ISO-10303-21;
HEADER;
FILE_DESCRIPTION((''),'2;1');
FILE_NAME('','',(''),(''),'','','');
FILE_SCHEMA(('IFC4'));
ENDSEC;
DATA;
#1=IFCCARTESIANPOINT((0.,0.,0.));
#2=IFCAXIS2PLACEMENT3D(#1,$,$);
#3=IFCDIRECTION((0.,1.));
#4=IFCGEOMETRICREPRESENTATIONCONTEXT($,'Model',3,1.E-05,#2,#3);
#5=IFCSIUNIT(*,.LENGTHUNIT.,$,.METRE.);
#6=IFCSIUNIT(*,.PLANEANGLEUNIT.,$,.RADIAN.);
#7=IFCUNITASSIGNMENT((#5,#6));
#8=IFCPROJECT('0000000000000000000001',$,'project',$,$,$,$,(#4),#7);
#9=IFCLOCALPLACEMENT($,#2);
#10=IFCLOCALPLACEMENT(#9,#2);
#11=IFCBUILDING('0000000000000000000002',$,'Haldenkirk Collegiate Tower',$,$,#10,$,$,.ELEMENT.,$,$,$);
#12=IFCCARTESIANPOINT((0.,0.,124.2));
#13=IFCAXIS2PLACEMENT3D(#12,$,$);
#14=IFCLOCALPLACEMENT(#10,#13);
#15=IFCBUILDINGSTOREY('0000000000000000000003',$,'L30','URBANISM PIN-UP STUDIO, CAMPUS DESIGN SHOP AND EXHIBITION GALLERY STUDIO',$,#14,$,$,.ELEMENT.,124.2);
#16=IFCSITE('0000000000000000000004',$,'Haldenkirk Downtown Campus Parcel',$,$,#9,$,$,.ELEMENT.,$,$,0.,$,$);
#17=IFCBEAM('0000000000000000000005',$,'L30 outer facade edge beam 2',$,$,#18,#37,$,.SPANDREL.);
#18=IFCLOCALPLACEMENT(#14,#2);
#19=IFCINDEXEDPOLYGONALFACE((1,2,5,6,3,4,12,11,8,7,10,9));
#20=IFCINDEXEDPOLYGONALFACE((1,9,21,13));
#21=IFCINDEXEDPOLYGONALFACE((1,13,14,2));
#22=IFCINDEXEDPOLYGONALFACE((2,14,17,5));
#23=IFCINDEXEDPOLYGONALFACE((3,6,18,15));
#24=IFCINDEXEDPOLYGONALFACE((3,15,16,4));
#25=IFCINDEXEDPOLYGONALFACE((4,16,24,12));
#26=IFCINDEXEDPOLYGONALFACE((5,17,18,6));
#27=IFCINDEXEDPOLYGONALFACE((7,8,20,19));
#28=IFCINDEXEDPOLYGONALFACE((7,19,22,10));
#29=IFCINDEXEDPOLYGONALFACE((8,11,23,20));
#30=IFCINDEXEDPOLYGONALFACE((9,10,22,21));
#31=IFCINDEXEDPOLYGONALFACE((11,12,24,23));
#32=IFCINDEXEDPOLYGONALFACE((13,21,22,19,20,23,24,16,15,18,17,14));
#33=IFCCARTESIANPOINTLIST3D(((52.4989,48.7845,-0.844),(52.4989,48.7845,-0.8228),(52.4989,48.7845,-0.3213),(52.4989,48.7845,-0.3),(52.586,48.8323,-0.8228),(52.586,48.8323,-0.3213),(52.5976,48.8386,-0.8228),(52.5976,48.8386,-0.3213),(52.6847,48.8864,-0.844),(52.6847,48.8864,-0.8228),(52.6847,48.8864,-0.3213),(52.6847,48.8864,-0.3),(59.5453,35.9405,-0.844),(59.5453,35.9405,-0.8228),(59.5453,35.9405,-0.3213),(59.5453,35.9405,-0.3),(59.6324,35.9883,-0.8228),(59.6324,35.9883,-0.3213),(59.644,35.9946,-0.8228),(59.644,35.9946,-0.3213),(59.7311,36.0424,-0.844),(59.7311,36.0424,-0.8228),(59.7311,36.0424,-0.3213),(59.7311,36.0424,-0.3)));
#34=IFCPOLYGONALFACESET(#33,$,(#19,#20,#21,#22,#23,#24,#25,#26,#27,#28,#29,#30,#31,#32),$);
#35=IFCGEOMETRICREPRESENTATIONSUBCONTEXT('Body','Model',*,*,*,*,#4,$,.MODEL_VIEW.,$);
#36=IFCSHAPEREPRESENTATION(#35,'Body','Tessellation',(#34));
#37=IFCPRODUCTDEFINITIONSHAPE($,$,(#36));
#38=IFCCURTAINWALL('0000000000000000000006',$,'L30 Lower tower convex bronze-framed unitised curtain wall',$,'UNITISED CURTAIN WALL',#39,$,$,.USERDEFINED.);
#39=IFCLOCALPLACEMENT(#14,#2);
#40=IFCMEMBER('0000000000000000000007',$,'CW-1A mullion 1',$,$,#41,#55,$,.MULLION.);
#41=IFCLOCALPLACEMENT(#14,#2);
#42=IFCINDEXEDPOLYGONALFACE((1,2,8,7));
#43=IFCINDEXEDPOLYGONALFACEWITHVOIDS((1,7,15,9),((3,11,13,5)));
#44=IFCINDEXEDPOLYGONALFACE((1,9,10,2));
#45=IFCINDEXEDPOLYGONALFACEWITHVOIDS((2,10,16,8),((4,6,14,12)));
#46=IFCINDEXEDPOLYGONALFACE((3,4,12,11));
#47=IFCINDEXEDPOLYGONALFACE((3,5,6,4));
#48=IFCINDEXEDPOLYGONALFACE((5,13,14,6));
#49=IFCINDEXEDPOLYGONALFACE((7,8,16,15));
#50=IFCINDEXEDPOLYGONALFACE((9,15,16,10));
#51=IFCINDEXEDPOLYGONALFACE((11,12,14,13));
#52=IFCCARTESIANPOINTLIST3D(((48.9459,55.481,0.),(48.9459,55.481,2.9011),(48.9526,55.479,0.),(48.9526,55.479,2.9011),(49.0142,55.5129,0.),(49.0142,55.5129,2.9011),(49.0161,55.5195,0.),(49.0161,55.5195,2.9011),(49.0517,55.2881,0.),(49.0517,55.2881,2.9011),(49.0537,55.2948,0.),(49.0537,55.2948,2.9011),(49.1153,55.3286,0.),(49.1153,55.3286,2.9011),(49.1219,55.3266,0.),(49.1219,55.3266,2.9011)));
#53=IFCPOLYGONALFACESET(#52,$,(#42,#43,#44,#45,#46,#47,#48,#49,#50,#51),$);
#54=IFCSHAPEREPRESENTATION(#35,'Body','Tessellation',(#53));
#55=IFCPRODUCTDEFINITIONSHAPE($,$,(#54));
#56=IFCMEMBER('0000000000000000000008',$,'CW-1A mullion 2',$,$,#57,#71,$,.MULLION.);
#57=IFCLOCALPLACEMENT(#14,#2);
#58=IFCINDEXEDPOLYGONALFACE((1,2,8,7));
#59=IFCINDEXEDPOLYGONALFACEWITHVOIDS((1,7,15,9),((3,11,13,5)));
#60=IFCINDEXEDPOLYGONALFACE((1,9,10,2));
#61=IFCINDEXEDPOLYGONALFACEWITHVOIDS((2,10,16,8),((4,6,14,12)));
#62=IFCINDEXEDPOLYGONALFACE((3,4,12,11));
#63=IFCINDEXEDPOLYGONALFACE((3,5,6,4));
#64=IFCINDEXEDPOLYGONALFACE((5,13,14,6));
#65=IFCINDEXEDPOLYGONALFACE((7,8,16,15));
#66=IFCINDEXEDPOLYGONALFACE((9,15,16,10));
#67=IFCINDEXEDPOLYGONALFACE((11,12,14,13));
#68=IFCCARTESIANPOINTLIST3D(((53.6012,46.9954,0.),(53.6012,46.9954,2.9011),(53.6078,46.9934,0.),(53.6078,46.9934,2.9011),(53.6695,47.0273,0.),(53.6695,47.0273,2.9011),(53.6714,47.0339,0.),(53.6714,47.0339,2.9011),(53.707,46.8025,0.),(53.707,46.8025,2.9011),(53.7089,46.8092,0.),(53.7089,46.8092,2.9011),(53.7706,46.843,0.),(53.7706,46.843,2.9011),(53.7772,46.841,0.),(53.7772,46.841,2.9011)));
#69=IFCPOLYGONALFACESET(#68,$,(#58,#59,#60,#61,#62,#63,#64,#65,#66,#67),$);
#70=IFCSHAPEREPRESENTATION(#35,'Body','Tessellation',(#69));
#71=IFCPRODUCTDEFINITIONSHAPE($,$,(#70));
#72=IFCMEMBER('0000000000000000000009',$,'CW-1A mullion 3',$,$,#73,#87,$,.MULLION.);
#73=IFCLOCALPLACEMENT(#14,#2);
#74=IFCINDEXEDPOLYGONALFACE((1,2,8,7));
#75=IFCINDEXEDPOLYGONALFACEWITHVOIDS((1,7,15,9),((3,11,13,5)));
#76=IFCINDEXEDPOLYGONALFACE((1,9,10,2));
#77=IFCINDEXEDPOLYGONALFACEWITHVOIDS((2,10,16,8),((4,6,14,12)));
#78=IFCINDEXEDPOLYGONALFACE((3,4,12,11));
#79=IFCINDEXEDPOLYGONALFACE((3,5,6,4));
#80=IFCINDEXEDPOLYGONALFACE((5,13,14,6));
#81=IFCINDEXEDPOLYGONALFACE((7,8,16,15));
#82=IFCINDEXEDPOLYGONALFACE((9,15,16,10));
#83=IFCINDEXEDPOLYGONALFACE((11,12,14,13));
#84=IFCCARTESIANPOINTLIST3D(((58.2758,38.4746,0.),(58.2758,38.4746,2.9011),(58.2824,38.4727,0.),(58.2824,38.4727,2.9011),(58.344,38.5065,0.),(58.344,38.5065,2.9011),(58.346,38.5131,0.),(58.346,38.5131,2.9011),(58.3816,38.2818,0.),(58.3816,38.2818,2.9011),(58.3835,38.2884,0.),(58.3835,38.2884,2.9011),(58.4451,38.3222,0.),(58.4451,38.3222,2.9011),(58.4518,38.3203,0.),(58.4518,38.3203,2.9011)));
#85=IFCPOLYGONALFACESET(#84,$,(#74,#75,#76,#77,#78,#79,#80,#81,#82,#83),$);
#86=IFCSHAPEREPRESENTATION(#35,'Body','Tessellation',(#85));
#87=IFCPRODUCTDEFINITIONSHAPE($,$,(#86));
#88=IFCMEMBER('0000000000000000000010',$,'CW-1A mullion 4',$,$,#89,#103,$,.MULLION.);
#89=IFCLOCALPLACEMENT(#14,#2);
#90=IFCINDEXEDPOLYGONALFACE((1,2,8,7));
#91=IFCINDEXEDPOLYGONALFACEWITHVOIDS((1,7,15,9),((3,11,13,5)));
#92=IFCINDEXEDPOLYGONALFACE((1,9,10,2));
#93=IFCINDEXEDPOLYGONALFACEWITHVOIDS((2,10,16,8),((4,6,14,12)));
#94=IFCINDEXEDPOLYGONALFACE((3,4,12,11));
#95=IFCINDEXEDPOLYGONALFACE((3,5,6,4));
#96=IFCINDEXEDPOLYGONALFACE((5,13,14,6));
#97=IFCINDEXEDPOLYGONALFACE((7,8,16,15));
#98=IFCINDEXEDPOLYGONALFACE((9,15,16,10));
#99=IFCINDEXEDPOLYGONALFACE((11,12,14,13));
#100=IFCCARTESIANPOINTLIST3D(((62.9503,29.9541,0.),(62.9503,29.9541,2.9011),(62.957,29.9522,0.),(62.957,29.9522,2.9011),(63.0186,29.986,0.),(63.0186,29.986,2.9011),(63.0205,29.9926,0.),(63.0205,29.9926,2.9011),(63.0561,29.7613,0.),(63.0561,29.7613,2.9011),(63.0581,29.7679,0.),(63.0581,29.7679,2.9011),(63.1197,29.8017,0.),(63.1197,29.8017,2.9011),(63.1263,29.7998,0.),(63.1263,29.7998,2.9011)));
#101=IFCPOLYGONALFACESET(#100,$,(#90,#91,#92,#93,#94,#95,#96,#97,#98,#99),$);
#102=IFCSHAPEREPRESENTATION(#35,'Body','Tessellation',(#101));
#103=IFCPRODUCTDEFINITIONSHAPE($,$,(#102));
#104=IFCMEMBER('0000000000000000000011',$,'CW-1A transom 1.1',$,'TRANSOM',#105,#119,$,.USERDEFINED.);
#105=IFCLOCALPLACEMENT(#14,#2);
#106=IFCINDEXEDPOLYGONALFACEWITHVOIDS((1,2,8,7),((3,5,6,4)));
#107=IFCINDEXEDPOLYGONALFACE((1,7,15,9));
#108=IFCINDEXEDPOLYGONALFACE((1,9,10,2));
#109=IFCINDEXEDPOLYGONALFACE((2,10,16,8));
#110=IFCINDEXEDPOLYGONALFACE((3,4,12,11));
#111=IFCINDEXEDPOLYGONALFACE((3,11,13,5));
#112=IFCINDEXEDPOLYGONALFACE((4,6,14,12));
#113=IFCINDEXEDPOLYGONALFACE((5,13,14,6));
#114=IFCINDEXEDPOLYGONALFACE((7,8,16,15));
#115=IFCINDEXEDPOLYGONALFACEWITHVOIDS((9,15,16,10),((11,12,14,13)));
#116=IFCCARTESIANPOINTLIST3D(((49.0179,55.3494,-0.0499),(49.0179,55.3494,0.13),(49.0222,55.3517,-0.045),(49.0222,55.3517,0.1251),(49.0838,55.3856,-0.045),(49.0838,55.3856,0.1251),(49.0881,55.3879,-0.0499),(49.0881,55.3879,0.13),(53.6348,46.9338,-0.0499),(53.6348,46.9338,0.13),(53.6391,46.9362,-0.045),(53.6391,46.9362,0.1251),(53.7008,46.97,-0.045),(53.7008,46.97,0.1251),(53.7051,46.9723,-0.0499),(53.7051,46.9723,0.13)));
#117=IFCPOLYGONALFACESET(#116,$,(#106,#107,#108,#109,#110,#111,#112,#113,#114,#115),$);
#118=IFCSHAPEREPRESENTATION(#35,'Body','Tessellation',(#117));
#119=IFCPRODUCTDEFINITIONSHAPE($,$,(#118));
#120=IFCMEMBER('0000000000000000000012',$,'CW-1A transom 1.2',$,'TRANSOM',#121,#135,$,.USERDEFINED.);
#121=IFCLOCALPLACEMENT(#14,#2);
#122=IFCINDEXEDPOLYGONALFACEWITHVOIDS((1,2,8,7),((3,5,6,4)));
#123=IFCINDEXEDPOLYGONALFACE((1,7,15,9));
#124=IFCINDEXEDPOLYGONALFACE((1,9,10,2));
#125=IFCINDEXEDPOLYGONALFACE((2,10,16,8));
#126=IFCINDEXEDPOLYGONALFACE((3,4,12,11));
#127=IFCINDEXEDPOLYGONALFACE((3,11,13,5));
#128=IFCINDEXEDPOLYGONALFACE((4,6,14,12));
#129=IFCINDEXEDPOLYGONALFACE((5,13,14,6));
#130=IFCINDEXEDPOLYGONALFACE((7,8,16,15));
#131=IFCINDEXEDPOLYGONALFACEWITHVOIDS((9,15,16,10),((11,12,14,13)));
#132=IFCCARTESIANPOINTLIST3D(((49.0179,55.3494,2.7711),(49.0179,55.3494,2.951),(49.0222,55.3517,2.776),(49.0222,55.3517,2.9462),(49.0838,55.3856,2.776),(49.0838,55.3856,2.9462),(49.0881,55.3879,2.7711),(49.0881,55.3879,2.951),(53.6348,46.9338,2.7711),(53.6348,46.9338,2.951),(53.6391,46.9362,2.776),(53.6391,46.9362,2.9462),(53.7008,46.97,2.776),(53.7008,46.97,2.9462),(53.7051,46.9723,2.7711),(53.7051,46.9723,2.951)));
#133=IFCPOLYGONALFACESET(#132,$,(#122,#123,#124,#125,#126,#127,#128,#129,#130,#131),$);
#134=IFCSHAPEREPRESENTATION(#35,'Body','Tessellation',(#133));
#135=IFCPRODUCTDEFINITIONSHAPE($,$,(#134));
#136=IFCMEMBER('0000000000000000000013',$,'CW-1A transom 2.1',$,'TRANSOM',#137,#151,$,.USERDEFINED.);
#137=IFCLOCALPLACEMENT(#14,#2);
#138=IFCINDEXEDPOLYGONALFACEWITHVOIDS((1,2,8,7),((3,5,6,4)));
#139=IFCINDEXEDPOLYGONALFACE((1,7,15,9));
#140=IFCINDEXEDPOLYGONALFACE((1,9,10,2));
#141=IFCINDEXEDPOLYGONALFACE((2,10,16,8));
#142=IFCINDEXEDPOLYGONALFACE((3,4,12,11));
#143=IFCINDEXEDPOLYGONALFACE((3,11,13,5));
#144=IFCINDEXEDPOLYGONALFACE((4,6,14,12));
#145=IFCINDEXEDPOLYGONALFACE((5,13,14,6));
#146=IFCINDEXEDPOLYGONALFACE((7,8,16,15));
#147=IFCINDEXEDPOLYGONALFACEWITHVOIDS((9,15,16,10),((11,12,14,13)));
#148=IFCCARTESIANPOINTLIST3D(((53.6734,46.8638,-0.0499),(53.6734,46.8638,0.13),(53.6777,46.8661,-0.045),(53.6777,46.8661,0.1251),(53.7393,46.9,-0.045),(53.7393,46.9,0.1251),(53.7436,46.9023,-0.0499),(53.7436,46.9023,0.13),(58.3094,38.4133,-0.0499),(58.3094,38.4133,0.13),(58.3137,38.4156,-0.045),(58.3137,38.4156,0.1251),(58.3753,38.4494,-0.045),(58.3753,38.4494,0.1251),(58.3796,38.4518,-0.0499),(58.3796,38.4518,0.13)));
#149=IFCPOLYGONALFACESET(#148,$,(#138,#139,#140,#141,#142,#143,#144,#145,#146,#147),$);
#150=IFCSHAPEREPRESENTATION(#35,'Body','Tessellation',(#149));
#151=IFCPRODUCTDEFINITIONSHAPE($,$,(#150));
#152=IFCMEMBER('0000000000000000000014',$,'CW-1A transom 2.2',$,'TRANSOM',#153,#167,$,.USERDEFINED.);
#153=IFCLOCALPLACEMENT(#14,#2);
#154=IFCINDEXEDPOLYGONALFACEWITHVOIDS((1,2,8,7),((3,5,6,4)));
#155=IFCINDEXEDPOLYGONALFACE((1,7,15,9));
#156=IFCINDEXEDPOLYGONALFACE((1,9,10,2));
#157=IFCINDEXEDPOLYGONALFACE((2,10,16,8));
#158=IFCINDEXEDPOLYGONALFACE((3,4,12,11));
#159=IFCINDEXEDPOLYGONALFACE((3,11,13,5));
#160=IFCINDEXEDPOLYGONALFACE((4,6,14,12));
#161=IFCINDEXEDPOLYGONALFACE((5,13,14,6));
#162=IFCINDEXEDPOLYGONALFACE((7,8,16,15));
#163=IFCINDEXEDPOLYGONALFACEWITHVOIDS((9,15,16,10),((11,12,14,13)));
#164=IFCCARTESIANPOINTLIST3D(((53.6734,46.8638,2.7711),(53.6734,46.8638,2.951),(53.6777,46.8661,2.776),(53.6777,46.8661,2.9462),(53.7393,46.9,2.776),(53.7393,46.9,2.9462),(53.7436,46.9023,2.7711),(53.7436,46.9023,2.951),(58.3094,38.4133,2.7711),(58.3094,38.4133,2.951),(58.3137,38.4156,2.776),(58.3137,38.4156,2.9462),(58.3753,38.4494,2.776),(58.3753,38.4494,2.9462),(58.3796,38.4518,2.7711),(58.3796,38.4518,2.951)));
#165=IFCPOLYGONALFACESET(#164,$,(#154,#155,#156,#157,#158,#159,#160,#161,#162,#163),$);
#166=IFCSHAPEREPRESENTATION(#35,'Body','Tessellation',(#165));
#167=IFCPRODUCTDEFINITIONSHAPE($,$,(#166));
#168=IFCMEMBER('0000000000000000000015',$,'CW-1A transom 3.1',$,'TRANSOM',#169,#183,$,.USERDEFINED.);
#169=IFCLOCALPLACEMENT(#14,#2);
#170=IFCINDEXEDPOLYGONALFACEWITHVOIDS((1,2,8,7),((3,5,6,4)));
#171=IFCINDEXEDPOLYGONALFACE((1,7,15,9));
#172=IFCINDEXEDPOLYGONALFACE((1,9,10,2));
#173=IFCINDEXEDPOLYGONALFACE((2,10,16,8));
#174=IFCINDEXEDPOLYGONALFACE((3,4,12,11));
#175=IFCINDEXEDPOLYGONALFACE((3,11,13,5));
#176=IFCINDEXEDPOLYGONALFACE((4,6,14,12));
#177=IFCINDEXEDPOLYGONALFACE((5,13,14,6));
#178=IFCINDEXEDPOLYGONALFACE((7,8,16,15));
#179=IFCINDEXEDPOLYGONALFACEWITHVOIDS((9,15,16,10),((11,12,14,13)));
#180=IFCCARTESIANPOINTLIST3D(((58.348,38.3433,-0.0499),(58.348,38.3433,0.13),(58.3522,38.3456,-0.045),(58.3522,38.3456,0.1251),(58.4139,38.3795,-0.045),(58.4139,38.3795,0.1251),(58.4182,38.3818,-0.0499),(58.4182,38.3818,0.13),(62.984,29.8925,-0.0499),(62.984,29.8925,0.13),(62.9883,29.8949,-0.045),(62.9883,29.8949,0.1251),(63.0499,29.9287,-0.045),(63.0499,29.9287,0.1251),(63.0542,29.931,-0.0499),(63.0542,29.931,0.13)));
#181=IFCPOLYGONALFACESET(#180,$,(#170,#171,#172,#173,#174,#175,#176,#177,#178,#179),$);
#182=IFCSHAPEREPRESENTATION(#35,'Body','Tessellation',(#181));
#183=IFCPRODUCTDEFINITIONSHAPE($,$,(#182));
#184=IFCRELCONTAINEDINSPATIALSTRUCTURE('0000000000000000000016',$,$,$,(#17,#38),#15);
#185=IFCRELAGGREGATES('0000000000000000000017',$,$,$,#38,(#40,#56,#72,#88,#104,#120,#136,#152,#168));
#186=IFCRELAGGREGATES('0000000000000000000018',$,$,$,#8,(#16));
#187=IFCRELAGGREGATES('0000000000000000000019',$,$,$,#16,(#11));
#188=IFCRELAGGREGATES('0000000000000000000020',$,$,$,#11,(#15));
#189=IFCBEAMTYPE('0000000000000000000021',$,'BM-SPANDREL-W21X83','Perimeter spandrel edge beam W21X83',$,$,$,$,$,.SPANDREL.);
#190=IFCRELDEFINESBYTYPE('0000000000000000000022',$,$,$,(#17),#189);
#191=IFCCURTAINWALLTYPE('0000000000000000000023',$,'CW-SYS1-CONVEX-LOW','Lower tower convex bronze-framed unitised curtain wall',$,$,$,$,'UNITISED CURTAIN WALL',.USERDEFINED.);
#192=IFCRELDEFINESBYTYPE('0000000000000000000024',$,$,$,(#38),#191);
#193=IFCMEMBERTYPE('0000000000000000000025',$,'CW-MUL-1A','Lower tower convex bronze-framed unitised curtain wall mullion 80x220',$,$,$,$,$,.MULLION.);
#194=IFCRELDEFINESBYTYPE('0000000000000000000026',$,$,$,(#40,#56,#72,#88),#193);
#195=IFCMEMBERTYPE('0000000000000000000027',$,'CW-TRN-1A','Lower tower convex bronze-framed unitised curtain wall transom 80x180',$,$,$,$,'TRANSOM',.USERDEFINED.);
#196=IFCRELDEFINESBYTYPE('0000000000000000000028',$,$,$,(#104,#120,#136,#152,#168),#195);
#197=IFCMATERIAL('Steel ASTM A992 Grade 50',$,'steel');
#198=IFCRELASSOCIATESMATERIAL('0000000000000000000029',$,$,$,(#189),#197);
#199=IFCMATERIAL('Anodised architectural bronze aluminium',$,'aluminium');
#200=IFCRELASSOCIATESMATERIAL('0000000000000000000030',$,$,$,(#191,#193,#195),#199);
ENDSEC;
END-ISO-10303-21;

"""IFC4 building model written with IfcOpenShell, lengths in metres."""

from ifc_helpers import new_model, si_unit, direction, frame, origin, origin_2d, place, context, subcontext, project, spatial, hollow_rectangle, i_section, extrude, material, material_profile, profile_set, type_object, element, aggregate, save


model = new_model("IFC4")

# Units and contexts
model_context = context("Model", 3, precision=1e-05, world=origin(), true_north=direction((0.0, 1.0)))
body_context = subcontext(model_context, "Body", "Model", "MODEL_VIEW")
ifc_project = project(units=[si_unit("LENGTHUNIT", "METRE"), si_unit("PLANEANGLEUNIT", "RADIAN")], contexts=[model_context])

# Site, building, storey
site_placement = place(None, origin())
site = spatial("IfcSite", under=ifc_project, at=site_placement, Name="Haldenkirk Downtown Campus Parcel", CompositionType="ELEMENT", RefElevation=0.0)
building_placement = place(site_placement, origin())
building = spatial("IfcBuilding", under=site, at=building_placement, Name="Haldenkirk Collegiate Tower", CompositionType="ELEMENT")
storey_placement = place(building_placement, frame((0.0, 0.0, 124.2)))
storey = spatial("IfcBuildingStorey", under=building, at=storey_placement, Name="L30", Description="URBANISM PIN-UP STUDIO, CAMPUS DESIGN SHOP AND EXHIBITION GALLERY STUDIO", CompositionType="ELEMENT", Elevation=124.2)

# Beam
ifc_material_1 = material(Name="Steel ASTM A992 Grade 50", Category="steel")
ifc_material_profile_1 = material_profile(ifc_material_1, i_section(OverallWidth=0.2119, OverallDepth=0.5439, WebThickness=0.0132, FlangeThickness=0.0212, at=origin_2d()), Name="W21X83")
ifc_profile_set_1 = profile_set([ifc_material_profile_1], Name="Steel ASTM A992 Grade 50")
beam_type_1 = type_object("IfcBeamType", Name="BM-SPANDREL-W21X83", Description="Perimeter spandrel edge beam W21X83", PredefinedType="SPANDREL", material=ifc_profile_set_1)
beam_1_placement = place(storey_placement, frame((59.6382, 35.9915, -0.572), z_axis=(-0.480985, 0.876729, 0.0), x_axis=(-0.876729, -0.480985, 0.0)))
element("IfcBeam", 1, at=beam_1_placement, inside=storey, type_object=beam_type_1, Name="L30 outer facade edge beam 2", PredefinedType="SPANDREL", context=body_context, shape_type="SweptSolid", body=[
    extrude(i_section(OverallWidth=0.2119, OverallDepth=0.5439, WebThickness=0.0132, FlangeThickness=0.0212, at=origin_2d()), origin(), (0.0, 0.0, 1.0), 14.6499),
])

# Curtain wall, members
ifc_material_2 = material(Name="Anodised architectural bronze aluminium", Category="aluminium")
curtain_wall_type = type_object("IfcCurtainWallType", Name="CW-SYS1-CONVEX-LOW", Description="Lower tower convex bronze-framed unitised curtain wall", ElementType="UNITISED CURTAIN WALL", PredefinedType="USERDEFINED", material=ifc_material_2)
curtain_wall_placement = place(storey_placement, origin())
curtain_wall = element("IfcCurtainWall", 2, at=curtain_wall_placement, inside=storey, type_object=curtain_wall_type, Name="L30 Lower tower convex bronze-framed unitised curtain wall", ObjectType="UNITISED CURTAIN WALL", PredefinedType="USERDEFINED")
ifc_material_profile_2 = material_profile(ifc_material_2, hollow_rectangle(XDim=0.0801, YDim=0.22, WallThickness=0.0049, at=origin_2d()), Name="CW-MUL-1A")
ifc_profile_set_2 = profile_set([ifc_material_profile_2], Name="Anodised architectural bronze aluminium")
member_type_1 = type_object("IfcMemberType", Name="CW-MUL-1A", Description="Lower tower convex bronze-framed unitised curtain wall mullion 80x220", PredefinedType="MULLION", material=ifc_profile_set_2)
member_1_placement = place(storey_placement, frame((49.0339, 55.4038, 0.0), z_axis=(0.0, 0.0, 1.0), x_axis=(0.876726, 0.48099, 0.0)))
member_1 = element("IfcMember", 3, at=member_1_placement, type_object=member_type_1, Name="CW-1A mullion 1", PredefinedType="MULLION", context=body_context, shape_type="SweptSolid", body=[
    extrude(hollow_rectangle(XDim=0.0801, YDim=0.22, WallThickness=0.0049, at=origin_2d()), origin(), (0.0, 0.0, 1.0), 2.9011),
])
member_2_placement = place(storey_placement, frame((53.6892, 46.9182, 0.0), z_axis=(0.0, 0.0, 1.0), x_axis=(0.876726, 0.48099, 0.0)))
member_2 = element("IfcMember", 4, at=member_2_placement, type_object=member_type_1, Name="CW-1A mullion 2", PredefinedType="MULLION", context=body_context, shape_type="SweptSolid", body=[
    extrude(hollow_rectangle(XDim=0.0801, YDim=0.22, WallThickness=0.0049, at=origin_2d()), origin(), (0.0, 0.0, 1.0), 2.9011),
])
member_3_placement = place(storey_placement, frame((58.3638, 38.3975, 0.0), z_axis=(0.0, 0.0, 1.0), x_axis=(0.876726, 0.48099, 0.0)))
member_3 = element("IfcMember", 5, at=member_3_placement, type_object=member_type_1, Name="CW-1A mullion 3", PredefinedType="MULLION", context=body_context, shape_type="SweptSolid", body=[
    extrude(hollow_rectangle(XDim=0.0801, YDim=0.22, WallThickness=0.0049, at=origin_2d()), origin(), (0.0, 0.0, 1.0), 2.9011),
])
member_4_placement = place(storey_placement, frame((63.0383, 29.877, 0.0), z_axis=(0.0, 0.0, 1.0), x_axis=(0.876726, 0.48099, 0.0)))
member_4 = element("IfcMember", 6, at=member_4_placement, type_object=member_type_1, Name="CW-1A mullion 4", PredefinedType="MULLION", context=body_context, shape_type="SweptSolid", body=[
    extrude(hollow_rectangle(XDim=0.0801, YDim=0.22, WallThickness=0.0049, at=origin_2d()), origin(), (0.0, 0.0, 1.0), 2.9011),
])
ifc_material_profile_3 = material_profile(ifc_material_2, hollow_rectangle(XDim=0.0801, YDim=0.1799, WallThickness=0.0049, at=origin_2d()), Name="CW-TRN-1A")
ifc_profile_set_3 = profile_set([ifc_material_profile_3], Name="Anodised architectural bronze aluminium")
member_type_2 = type_object("IfcMemberType", Name="CW-TRN-1A", Description="Lower tower convex bronze-framed unitised curtain wall transom 80x180", ElementType="TRANSOM", PredefinedType="USERDEFINED", material=ifc_profile_set_3)
member_5_placement = place(storey_placement, frame((49.053, 55.3687, 0.04), z_axis=(0.480991, -0.876726, 0.0), x_axis=(0.876726, 0.480991, 0.0)))
member_5 = element("IfcMember", 7, at=member_5_placement, type_object=member_type_2, Name="CW-1A transom 1.1", ObjectType="TRANSOM", PredefinedType="USERDEFINED", context=body_context, shape_type="SweptSolid", body=[
    extrude(hollow_rectangle(XDim=0.0801, YDim=0.1799, WallThickness=0.0049, at=origin_2d()), origin(), (0.0, 0.0, 1.0), 9.5989),
])
member_6_placement = place(storey_placement, frame((49.053, 55.3687, 2.8611), z_axis=(0.480991, -0.876726, 0.0), x_axis=(0.876726, 0.480991, 0.0)))
member_6 = element("IfcMember", 8, at=member_6_placement, type_object=member_type_2, Name="CW-1A transom 1.2", ObjectType="TRANSOM", PredefinedType="USERDEFINED", context=body_context, shape_type="SweptSolid", body=[
    extrude(hollow_rectangle(XDim=0.0801, YDim=0.1799, WallThickness=0.0049, at=origin_2d()), origin(), (0.0, 0.0, 1.0), 9.5989),
])
member_7_placement = place(storey_placement, frame((53.7085, 46.8831, 0.04), z_axis=(0.480982, -0.87673, 0.0), x_axis=(0.87673, 0.480982, 0.0)))
member_7 = element("IfcMember", 9, at=member_7_placement, type_object=member_type_2, Name="CW-1A transom 2.1", ObjectType="TRANSOM", PredefinedType="USERDEFINED", context=body_context, shape_type="SweptSolid", body=[
    extrude(hollow_rectangle(XDim=0.0801, YDim=0.1799, WallThickness=0.0049, at=origin_2d()), origin(), (0.0, 0.0, 1.0), 9.6387),
])
member_8_placement = place(storey_placement, frame((53.7085, 46.8831, 2.8611), z_axis=(0.480982, -0.87673, 0.0), x_axis=(0.87673, 0.480982, 0.0)))
member_8 = element("IfcMember", 10, at=member_8_placement, type_object=member_type_2, Name="CW-1A transom 2.2", ObjectType="TRANSOM", PredefinedType="USERDEFINED", context=body_context, shape_type="SweptSolid", body=[
    extrude(hollow_rectangle(XDim=0.0801, YDim=0.1799, WallThickness=0.0049, at=origin_2d()), origin(), (0.0, 0.0, 1.0), 9.6387),
])
member_9_placement = place(storey_placement, frame((58.3831, 38.3625, 0.04), z_axis=(0.480971, -0.876736, 0.0), x_axis=(0.876736, 0.480971, 0.0)))
member_9 = element("IfcMember", 11, at=member_9_placement, type_object=member_type_2, Name="CW-1A transom 3.1", ObjectType="TRANSOM", PredefinedType="USERDEFINED", context=body_context, shape_type="SweptSolid", body=[
    extrude(hollow_rectangle(XDim=0.0801, YDim=0.1799, WallThickness=0.0049, at=origin_2d()), origin(), (0.0, 0.0, 1.0), 9.6389),
])
aggregate(curtain_wall, [member_1, member_2, member_3, member_4, member_5, member_6, member_7, member_8, member_9])

save(model, "model.ifc")
